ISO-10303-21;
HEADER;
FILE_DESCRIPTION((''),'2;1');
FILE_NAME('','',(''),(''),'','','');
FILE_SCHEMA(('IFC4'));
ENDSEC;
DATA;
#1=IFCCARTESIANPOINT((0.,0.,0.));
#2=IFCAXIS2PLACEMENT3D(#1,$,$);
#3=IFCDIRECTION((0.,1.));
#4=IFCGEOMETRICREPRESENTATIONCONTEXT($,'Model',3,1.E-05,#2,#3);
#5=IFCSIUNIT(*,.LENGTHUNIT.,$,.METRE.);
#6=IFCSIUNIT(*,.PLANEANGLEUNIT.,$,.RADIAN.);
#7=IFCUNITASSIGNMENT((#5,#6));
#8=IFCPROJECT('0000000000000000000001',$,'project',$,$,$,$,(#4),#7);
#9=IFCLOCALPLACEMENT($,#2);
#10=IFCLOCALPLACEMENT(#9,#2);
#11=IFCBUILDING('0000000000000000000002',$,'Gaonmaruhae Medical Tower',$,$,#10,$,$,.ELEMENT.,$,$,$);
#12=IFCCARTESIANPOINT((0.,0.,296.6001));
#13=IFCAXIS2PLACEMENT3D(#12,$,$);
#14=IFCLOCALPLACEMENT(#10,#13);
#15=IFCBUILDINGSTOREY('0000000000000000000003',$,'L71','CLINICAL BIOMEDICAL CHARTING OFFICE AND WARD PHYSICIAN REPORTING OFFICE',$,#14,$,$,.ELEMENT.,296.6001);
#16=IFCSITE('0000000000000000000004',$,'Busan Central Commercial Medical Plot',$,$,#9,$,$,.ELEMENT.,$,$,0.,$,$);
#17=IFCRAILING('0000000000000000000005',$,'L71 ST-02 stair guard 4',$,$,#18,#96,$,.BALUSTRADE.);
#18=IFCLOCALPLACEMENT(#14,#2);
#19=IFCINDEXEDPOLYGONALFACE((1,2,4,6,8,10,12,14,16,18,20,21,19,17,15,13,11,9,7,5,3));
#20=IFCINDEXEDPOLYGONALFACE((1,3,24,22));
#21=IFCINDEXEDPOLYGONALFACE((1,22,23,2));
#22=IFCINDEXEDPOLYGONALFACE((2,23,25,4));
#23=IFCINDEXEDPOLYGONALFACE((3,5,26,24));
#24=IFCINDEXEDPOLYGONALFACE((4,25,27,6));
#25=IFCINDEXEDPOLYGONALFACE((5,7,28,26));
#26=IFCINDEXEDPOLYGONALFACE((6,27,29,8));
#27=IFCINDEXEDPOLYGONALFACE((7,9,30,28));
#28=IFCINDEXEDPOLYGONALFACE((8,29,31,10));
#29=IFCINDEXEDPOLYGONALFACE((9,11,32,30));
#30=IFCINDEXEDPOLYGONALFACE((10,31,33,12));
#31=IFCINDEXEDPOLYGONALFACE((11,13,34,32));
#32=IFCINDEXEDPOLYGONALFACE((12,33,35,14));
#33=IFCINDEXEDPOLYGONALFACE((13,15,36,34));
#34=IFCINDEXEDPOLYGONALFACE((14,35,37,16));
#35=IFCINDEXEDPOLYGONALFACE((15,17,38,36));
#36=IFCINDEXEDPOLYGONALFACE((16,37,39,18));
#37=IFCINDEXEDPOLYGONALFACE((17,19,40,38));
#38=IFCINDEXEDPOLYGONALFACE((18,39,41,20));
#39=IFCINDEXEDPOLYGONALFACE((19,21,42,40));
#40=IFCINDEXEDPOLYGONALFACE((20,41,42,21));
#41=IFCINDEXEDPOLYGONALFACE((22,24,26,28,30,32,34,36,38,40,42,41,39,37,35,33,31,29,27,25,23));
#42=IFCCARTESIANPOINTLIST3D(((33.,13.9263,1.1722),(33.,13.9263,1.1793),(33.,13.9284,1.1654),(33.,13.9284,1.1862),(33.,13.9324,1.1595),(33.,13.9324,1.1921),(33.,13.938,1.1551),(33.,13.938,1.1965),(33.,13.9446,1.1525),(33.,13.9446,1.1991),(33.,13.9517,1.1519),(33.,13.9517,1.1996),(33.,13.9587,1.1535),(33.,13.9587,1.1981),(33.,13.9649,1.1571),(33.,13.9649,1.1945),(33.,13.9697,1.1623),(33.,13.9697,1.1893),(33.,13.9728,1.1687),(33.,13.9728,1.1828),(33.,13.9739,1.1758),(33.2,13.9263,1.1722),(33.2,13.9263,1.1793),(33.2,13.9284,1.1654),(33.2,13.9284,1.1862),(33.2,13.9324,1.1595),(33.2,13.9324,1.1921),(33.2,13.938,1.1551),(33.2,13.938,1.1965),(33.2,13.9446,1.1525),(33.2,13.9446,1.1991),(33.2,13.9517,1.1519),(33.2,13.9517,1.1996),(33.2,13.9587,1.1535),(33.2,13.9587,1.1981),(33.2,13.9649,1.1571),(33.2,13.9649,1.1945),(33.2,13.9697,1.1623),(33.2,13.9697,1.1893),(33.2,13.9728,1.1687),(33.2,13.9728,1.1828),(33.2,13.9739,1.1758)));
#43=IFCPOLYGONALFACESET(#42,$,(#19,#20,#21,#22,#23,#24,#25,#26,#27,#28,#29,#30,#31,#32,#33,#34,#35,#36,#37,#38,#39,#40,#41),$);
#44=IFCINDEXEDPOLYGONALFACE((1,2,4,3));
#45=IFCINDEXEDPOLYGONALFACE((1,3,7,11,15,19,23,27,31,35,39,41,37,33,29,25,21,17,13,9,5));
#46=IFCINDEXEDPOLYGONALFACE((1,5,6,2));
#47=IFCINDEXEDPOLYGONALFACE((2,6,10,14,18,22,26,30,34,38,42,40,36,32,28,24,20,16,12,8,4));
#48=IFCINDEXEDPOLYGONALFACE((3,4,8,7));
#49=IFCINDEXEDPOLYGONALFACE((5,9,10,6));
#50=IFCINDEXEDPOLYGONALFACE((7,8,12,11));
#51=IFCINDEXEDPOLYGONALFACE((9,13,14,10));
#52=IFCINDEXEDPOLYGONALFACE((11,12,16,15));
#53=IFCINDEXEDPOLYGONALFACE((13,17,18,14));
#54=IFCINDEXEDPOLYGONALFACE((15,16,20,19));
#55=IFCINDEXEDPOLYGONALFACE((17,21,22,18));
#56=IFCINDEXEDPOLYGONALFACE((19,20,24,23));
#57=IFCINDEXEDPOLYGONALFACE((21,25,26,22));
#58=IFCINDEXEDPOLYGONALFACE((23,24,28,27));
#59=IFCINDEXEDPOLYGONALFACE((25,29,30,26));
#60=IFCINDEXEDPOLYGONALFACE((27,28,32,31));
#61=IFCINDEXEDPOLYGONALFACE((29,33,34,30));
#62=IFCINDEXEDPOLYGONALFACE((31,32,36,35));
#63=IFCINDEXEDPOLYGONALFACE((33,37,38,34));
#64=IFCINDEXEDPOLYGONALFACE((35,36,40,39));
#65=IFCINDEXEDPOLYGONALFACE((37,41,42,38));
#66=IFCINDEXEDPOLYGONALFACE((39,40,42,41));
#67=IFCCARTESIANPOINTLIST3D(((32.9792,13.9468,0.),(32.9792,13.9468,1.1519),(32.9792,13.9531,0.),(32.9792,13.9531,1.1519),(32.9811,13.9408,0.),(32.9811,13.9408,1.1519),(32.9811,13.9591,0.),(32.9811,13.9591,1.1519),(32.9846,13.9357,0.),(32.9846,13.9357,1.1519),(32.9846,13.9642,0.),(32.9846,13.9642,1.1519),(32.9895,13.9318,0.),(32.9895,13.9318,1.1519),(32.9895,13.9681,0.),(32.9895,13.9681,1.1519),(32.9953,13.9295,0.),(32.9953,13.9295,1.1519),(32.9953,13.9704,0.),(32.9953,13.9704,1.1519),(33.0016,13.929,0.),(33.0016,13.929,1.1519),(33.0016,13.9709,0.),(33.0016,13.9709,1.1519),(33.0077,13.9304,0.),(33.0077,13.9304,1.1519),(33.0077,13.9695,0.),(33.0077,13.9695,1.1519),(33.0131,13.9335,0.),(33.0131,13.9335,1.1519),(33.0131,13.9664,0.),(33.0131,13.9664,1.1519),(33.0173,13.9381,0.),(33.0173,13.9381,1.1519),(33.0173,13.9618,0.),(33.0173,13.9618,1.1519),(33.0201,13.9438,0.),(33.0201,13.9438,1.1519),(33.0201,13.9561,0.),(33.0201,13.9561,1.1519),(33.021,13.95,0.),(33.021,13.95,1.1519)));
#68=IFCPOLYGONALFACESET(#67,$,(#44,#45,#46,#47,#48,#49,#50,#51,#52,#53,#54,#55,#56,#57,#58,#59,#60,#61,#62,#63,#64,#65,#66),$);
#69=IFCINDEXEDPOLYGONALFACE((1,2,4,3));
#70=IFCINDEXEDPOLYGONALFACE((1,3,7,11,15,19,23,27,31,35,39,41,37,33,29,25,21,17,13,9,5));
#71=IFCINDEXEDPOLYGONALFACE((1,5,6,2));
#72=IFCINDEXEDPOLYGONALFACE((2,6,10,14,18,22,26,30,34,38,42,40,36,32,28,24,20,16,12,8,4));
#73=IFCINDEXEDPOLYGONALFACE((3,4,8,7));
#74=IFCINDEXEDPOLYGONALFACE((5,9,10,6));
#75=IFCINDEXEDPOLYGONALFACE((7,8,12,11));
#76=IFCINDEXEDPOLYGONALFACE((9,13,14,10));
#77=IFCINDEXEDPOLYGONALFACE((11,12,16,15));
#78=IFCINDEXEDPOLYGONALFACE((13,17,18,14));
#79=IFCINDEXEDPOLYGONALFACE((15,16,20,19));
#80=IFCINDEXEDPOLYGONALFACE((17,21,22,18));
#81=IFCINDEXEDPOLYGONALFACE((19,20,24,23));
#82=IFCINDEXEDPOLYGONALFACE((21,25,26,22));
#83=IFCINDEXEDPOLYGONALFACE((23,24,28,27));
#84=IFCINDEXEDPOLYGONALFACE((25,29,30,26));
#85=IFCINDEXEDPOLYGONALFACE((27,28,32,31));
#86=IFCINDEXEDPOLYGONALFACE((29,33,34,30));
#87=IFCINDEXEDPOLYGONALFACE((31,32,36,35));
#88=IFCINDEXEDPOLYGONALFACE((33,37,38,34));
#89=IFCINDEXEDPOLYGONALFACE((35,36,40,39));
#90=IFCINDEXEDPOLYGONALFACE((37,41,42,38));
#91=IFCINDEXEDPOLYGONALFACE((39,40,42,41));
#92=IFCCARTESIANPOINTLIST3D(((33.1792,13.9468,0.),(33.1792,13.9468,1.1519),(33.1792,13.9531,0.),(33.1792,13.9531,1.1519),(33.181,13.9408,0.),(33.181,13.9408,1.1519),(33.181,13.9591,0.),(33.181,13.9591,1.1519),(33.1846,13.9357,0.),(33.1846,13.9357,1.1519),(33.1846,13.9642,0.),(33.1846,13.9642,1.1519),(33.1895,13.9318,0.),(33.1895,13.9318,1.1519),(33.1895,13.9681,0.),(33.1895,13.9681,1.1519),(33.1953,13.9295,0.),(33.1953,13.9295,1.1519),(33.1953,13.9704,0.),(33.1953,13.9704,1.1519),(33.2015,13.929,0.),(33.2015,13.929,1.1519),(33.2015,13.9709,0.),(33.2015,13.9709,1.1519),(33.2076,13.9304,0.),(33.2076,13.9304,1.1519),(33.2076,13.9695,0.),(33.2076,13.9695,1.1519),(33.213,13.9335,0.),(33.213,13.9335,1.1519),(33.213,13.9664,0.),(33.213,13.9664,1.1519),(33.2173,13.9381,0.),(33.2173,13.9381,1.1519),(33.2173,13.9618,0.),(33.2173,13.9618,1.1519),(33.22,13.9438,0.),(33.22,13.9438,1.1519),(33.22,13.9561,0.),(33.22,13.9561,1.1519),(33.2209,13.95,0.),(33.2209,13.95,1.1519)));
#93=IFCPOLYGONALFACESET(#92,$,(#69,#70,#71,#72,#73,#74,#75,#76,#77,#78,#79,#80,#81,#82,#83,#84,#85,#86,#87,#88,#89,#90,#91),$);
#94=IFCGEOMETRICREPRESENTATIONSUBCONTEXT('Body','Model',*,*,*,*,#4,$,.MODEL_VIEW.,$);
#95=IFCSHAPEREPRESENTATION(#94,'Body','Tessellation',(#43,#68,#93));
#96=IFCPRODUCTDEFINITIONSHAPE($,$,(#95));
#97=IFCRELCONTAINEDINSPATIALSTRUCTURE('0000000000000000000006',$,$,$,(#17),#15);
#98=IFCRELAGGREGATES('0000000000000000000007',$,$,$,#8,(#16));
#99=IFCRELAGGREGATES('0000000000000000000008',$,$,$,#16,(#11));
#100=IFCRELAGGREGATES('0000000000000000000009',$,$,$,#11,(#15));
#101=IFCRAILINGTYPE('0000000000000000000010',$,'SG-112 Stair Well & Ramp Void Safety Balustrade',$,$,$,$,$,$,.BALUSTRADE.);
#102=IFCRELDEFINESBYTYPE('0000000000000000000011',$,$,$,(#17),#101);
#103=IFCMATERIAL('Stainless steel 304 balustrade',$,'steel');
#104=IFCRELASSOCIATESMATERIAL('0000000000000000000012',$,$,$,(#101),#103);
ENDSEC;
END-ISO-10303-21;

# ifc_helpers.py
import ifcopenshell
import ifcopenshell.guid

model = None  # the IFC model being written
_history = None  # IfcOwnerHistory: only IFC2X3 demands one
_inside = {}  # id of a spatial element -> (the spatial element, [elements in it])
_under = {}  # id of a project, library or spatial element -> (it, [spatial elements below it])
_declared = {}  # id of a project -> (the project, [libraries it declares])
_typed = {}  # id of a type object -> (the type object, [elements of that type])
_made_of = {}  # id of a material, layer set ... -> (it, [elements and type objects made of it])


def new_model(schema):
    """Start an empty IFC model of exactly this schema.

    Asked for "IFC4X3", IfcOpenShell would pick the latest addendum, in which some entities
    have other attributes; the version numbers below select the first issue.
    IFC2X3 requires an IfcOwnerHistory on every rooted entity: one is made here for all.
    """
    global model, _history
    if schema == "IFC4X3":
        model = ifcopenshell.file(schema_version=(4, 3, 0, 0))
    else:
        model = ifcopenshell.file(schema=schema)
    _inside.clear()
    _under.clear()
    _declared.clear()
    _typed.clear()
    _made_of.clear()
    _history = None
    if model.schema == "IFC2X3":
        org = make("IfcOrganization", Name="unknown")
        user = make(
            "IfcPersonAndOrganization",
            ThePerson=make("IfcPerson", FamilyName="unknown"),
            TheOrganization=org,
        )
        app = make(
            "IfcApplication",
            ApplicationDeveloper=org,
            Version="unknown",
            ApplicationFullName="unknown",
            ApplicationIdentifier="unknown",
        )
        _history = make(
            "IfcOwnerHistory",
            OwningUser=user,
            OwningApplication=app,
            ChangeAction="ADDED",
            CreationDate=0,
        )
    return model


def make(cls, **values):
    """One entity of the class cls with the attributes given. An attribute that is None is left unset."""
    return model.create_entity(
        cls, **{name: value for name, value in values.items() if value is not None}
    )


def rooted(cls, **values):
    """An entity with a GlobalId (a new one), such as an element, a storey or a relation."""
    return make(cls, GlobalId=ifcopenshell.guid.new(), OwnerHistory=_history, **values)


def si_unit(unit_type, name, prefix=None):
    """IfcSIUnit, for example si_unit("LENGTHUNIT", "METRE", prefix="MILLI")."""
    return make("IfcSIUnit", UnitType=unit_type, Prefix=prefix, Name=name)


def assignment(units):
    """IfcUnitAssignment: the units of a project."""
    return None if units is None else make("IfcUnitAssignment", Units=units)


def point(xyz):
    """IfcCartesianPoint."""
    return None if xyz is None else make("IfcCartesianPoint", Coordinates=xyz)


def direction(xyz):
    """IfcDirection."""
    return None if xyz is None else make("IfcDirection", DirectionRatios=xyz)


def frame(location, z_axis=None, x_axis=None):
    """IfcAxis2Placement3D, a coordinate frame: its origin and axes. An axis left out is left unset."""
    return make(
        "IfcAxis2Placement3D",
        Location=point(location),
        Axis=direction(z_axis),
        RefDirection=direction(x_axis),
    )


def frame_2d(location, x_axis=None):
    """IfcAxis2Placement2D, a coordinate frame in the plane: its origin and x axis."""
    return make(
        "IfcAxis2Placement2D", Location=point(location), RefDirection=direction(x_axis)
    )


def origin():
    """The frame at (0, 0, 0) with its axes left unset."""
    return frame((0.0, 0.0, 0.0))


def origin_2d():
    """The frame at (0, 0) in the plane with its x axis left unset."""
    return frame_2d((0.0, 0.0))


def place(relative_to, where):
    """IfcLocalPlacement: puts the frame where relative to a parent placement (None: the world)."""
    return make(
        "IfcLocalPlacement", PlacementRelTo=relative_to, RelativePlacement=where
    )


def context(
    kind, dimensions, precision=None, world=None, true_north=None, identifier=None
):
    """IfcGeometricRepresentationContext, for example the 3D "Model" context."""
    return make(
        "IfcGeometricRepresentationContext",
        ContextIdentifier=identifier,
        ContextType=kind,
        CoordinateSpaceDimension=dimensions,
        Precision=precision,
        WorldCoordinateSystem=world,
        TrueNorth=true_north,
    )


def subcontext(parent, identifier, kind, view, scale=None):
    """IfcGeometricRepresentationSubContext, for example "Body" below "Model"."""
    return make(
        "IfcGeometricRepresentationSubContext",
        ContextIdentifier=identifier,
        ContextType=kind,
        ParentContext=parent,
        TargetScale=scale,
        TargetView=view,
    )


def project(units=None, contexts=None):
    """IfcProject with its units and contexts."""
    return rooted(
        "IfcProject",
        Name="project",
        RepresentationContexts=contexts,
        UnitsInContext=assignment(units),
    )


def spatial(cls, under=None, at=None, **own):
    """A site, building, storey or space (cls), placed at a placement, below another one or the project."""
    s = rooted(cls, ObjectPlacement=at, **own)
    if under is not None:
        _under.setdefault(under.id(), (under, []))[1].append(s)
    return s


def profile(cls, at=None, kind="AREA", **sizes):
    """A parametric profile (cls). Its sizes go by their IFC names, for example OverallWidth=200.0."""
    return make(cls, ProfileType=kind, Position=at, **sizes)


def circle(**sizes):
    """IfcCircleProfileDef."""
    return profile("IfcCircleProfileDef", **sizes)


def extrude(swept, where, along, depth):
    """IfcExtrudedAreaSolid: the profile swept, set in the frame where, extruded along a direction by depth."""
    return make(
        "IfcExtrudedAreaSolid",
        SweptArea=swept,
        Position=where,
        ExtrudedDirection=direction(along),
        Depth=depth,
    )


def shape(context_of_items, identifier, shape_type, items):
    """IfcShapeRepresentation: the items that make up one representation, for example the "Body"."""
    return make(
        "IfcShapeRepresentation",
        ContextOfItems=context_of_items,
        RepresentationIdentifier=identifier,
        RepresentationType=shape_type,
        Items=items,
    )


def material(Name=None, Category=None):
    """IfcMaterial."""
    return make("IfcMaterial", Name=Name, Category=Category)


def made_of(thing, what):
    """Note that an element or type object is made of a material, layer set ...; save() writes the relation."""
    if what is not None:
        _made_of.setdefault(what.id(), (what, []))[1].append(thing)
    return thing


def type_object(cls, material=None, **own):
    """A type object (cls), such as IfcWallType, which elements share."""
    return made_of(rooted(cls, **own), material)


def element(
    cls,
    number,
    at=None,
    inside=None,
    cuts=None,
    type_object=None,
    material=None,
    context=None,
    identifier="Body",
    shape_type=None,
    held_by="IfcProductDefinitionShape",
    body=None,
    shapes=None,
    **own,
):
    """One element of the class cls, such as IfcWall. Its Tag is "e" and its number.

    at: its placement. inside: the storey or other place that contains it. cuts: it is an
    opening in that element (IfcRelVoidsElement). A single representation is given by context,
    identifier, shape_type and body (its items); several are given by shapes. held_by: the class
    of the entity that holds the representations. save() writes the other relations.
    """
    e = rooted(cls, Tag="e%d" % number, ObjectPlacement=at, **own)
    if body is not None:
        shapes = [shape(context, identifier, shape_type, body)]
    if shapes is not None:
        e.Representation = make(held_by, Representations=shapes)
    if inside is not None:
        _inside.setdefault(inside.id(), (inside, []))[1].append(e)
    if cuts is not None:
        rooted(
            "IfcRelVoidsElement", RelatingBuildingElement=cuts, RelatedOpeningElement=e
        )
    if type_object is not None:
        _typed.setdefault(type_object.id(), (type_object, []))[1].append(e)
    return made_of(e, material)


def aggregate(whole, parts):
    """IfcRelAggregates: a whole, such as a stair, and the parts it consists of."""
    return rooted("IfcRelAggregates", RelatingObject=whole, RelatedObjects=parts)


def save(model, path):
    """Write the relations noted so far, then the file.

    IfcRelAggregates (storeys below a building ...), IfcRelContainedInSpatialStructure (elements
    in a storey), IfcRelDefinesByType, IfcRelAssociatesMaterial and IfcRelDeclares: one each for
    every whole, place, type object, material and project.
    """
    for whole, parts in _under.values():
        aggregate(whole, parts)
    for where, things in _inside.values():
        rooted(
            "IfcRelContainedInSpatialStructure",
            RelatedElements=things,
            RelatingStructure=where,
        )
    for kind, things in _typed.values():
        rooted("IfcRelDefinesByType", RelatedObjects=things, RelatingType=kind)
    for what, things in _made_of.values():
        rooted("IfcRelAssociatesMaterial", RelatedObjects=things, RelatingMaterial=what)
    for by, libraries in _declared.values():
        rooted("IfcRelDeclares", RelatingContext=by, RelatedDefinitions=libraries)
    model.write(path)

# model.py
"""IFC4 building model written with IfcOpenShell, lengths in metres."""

from ifc_helpers import new_model, si_unit, direction, frame, origin, origin_2d, place, context, subcontext, project, spatial, circle, extrude, material, type_object, element, save


model = new_model("IFC4")

# Units and contexts
model_context = context("Model", 3, precision=1e-05, world=origin(), true_north=direction((0.0, 1.0)))
body_context = subcontext(model_context, "Body", "Model", "MODEL_VIEW")
ifc_project = project(units=[si_unit("LENGTHUNIT", "METRE"), si_unit("PLANEANGLEUNIT", "RADIAN")], contexts=[model_context])

# Site, building, storey
site_placement = place(None, origin())
site = spatial("IfcSite", under=ifc_project, at=site_placement, Name="Busan Central Commercial Medical Plot", CompositionType="ELEMENT", RefElevation=0.0)
building_placement = place(site_placement, origin())
building = spatial("IfcBuilding", under=site, at=building_placement, Name="Gaonmaruhae Medical Tower", CompositionType="ELEMENT")
storey_placement = place(building_placement, frame((0.0, 0.0, 296.6001)))
storey = spatial("IfcBuildingStorey", under=building, at=storey_placement, Name="L71", Description="CLINICAL BIOMEDICAL CHARTING OFFICE AND WARD PHYSICIAN REPORTING OFFICE", CompositionType="ELEMENT", Elevation=296.6001)

# Railing
ifc_material_1 = material(Name="Stainless steel 304 balustrade", Category="steel")
railing_type_1 = type_object("IfcRailingType", Name="SG-112 Stair Well & Ramp Void Safety Balustrade", PredefinedType="BALUSTRADE", material=ifc_material_1)
railing_1_placement = place(storey_placement, frame((33.0, 13.95, 0.0)))
element("IfcRailing", 1, at=railing_1_placement, inside=storey, type_object=railing_type_1, Name="L71 ST-02 stair guard 4", PredefinedType="BALUSTRADE", context=body_context, shape_type="SweptSolid", body=[
    extrude(circle(Radius=0.0239, at=origin_2d()), frame((0.0, 0.0, 1.1758), z_axis=(1.0, 0.0, 0.0), x_axis=(0.0, 1.0, 0.0)), (0.0, 0.0, 1.0), 0.2),
    extrude(circle(Radius=0.021, at=origin_2d()), origin(), (0.0, 0.0, 1.0), 1.1519),
    extrude(circle(Radius=0.021, at=origin_2d()), frame((0.2, 0.0, 0.0)), (0.0, 0.0, 1.0), 1.1519),
])

save(model, "model.ifc")
